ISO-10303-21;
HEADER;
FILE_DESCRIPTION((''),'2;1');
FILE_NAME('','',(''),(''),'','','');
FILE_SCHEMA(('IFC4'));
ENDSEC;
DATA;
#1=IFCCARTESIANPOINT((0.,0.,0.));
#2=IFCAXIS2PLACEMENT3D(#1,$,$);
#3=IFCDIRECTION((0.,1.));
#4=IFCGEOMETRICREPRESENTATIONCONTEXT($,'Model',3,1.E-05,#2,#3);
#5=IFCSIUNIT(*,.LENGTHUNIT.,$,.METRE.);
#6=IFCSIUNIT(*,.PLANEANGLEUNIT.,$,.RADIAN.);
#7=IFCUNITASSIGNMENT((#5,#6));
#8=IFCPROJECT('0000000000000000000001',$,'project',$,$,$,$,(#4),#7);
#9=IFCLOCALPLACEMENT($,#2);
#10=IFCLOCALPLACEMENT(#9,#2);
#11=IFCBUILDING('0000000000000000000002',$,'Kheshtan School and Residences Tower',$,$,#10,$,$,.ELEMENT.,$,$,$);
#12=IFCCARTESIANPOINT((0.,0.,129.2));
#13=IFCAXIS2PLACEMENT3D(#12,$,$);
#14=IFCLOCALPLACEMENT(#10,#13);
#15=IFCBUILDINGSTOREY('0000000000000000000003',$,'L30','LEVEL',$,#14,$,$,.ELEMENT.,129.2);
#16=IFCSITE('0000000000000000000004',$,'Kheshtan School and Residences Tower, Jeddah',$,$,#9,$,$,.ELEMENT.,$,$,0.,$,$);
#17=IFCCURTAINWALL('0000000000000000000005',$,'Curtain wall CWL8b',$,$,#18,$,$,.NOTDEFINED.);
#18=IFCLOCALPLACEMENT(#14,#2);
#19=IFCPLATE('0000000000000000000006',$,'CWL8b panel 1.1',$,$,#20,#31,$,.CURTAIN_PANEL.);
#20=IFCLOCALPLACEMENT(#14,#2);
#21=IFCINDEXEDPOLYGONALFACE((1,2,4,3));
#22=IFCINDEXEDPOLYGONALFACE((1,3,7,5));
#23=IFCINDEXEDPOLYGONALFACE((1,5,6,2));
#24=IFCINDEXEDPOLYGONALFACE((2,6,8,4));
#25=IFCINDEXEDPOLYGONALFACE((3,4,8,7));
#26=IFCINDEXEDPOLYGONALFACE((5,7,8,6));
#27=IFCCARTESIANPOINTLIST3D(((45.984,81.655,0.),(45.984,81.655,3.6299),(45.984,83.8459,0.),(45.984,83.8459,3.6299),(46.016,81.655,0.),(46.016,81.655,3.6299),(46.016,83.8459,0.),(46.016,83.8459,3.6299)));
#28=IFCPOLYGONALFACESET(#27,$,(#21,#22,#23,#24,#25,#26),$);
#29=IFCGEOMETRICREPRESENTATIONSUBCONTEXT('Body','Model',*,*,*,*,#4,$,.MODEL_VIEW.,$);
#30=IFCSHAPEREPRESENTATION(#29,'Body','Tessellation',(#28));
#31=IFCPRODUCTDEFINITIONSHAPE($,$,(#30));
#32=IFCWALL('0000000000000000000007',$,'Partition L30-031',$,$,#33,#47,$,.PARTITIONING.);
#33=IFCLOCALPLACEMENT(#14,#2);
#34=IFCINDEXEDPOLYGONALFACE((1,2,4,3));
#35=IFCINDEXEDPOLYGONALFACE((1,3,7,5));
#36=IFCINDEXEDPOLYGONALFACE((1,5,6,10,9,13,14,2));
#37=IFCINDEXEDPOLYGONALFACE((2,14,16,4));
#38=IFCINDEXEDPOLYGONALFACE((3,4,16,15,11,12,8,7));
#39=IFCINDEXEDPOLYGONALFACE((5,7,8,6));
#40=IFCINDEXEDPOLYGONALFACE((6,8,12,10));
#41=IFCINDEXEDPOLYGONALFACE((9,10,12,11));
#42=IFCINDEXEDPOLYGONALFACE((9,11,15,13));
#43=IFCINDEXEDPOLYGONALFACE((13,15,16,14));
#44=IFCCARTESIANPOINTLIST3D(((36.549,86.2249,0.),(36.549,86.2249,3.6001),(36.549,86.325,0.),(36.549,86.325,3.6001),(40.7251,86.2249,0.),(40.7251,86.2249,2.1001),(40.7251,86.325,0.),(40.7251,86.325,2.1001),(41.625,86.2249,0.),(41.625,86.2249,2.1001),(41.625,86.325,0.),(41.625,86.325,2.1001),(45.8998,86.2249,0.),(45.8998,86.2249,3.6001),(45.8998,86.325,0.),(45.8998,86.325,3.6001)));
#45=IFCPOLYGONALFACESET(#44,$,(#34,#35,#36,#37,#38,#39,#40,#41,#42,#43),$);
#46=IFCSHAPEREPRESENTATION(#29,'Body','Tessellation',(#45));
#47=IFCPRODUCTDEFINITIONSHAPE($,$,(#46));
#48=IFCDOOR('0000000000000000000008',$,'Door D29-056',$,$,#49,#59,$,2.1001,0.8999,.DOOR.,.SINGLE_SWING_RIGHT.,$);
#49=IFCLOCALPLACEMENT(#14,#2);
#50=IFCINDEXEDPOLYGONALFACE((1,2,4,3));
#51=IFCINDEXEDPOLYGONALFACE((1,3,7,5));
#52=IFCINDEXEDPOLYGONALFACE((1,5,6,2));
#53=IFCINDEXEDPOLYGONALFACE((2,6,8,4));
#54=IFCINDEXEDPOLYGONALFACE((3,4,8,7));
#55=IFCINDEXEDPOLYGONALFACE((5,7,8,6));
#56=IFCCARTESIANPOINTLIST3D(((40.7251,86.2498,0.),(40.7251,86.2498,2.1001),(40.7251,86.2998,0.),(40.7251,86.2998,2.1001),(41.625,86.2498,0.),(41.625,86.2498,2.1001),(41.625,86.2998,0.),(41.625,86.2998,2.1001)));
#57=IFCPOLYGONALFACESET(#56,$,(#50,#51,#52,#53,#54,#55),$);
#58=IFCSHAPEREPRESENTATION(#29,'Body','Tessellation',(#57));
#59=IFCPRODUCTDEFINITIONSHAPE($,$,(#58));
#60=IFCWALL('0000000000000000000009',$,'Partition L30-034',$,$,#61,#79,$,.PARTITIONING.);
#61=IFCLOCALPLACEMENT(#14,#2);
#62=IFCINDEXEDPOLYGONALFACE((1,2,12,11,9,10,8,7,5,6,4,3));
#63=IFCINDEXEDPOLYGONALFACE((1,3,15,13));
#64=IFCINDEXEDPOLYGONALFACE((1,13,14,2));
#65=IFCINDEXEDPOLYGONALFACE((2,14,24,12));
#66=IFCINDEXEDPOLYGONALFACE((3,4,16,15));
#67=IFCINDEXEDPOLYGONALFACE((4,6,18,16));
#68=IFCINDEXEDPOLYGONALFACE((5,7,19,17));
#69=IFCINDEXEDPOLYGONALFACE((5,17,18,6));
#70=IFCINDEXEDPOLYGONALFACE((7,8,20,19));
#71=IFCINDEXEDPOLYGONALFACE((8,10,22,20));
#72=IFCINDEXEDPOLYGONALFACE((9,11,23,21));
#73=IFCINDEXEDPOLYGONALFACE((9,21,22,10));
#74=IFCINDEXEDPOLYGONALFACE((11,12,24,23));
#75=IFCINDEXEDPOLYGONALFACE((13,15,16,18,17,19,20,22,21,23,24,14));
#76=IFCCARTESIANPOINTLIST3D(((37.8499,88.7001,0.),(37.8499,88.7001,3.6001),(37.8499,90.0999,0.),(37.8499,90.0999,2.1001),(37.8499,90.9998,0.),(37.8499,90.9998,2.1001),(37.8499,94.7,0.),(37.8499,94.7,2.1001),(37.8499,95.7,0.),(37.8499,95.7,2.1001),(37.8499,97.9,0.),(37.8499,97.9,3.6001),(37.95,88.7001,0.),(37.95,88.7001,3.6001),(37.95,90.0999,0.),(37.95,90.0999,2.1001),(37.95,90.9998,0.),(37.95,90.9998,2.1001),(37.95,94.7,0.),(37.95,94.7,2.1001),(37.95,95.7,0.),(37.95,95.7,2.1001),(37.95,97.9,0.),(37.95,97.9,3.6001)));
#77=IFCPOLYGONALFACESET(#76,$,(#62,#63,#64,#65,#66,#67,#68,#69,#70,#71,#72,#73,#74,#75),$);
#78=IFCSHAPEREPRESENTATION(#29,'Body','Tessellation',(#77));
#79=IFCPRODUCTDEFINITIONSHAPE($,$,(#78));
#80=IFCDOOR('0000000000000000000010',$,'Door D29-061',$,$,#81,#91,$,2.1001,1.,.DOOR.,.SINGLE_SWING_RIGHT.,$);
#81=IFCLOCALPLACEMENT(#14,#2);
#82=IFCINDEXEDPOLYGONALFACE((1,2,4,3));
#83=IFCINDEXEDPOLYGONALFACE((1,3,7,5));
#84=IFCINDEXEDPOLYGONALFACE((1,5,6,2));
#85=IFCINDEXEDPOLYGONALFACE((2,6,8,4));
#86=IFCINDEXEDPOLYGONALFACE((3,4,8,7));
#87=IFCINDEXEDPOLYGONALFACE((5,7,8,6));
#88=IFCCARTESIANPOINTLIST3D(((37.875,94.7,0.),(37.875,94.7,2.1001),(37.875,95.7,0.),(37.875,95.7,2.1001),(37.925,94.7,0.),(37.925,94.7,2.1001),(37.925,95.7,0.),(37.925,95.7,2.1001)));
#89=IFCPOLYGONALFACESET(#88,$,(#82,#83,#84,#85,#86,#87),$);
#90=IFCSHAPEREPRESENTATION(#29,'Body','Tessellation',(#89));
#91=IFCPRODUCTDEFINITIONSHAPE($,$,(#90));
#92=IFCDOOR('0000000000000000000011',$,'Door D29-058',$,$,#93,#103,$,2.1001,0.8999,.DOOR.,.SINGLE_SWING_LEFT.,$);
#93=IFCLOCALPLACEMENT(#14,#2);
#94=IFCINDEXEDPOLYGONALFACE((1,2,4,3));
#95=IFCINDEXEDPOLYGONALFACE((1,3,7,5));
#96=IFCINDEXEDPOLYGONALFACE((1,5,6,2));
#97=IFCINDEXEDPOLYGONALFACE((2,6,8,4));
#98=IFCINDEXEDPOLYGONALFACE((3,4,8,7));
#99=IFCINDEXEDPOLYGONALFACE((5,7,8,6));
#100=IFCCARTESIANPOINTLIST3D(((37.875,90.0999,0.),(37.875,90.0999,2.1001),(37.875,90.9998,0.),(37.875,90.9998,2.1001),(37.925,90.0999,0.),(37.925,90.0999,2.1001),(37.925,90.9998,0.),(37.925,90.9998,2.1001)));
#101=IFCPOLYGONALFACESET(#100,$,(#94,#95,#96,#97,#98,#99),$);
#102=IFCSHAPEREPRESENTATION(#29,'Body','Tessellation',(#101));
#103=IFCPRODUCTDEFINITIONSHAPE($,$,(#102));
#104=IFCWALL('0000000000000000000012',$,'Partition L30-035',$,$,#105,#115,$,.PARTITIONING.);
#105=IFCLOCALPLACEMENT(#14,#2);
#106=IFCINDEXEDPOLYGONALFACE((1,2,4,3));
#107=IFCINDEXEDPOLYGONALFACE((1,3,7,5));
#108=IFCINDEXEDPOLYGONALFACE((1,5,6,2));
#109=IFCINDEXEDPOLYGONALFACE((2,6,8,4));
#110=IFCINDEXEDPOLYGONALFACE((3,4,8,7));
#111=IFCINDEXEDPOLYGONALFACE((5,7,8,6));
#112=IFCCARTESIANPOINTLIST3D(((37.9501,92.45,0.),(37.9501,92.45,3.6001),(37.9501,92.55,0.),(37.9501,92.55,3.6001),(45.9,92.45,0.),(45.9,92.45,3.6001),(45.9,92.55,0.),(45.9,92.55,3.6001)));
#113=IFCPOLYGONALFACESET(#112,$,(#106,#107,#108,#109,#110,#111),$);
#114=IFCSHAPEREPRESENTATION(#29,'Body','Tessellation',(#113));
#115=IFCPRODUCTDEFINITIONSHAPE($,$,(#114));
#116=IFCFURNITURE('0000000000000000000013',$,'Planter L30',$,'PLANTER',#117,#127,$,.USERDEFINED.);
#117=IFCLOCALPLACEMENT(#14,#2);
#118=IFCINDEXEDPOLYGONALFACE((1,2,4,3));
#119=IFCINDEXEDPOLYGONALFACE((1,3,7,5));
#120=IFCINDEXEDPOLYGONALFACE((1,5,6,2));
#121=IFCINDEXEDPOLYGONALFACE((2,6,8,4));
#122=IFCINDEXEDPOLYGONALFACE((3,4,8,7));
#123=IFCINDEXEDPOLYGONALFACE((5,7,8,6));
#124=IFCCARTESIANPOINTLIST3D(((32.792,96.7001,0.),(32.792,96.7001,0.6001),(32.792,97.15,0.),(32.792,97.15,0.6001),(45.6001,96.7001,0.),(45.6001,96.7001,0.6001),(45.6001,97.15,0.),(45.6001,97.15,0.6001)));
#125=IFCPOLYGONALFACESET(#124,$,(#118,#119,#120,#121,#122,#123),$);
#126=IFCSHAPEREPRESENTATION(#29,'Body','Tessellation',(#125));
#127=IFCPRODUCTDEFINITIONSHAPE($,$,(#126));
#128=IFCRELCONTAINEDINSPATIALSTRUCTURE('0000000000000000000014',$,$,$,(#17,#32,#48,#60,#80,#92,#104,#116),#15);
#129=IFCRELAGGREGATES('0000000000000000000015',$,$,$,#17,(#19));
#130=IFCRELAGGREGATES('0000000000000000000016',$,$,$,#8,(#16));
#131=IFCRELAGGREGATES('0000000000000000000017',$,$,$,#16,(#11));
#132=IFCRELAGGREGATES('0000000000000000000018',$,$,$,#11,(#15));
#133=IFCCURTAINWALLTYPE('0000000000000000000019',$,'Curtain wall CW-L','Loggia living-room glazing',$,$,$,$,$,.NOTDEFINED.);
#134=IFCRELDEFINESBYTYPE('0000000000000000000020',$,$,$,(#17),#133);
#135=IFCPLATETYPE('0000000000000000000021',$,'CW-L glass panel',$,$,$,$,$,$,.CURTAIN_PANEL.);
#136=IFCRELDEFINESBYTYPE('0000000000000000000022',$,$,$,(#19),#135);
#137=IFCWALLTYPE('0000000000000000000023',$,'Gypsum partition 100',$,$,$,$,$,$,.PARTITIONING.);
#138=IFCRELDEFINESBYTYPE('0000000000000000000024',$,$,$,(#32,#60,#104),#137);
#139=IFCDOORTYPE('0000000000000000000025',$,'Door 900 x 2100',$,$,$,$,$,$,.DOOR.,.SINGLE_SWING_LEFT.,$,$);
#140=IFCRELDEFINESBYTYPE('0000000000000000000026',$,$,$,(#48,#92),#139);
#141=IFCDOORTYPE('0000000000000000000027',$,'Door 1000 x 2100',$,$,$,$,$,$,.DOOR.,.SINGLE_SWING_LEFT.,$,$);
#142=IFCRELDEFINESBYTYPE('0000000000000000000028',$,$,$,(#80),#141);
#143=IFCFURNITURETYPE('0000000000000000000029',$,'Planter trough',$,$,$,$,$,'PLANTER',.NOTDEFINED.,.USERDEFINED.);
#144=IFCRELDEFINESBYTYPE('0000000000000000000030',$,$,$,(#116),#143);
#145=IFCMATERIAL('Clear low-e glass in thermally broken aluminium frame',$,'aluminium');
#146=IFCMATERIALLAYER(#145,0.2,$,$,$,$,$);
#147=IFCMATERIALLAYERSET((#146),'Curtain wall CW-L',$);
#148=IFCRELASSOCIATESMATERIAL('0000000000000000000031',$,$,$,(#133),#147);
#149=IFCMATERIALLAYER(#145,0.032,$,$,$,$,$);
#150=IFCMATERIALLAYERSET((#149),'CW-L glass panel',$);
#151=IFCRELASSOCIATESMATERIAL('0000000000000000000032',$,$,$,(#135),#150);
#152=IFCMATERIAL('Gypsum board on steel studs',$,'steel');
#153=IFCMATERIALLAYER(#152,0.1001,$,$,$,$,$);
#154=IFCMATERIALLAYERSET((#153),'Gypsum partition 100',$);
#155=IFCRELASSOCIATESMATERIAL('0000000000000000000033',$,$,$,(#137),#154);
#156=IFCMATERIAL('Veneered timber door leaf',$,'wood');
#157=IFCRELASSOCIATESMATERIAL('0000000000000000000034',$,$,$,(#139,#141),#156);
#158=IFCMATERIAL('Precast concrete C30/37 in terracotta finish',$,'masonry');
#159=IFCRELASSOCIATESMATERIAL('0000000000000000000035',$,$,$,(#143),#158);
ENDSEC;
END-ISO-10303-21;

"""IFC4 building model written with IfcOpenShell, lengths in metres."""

from ifc_helpers import new_model, si_unit, direction, frame, frame_2d, origin, origin_2d, place, context, subcontext, project, spatial, rectangle, extrude, source, transform, mapped, material, layer, layer_set, type_object, element, fill, aggregate, save


model = new_model("IFC4")

# Units and contexts
model_context = context("Model", 3, precision=1e-05, world=origin(), true_north=direction((0.0, 1.0)))
body_context = subcontext(model_context, "Body", "Model", "MODEL_VIEW")
ifc_project = project(units=[si_unit("LENGTHUNIT", "METRE"), si_unit("PLANEANGLEUNIT", "RADIAN")], contexts=[model_context])

# Site, building, storey
site_placement = place(None, origin())
site = spatial("IfcSite", under=ifc_project, at=site_placement, Name="Kheshtan School and Residences Tower, Jeddah", CompositionType="ELEMENT", RefElevation=0.0)
building_placement = place(site_placement, origin())
building = spatial("IfcBuilding", under=site, at=building_placement, Name="Kheshtan School and Residences Tower", CompositionType="ELEMENT")
storey_placement = place(building_placement, frame((0.0, 0.0, 129.2)))
storey = spatial("IfcBuildingStorey", under=building, at=storey_placement, Name="L30", Description="LEVEL", CompositionType="ELEMENT", Elevation=129.2)

# Shared definitions
ifc_material_1 = material(Name="Clear low-e glass in thermally broken aluminium frame", Category="aluminium")
ifc_layer_1 = layer(ifc_material_1, 0.2)
ifc_layer_set_1 = layer_set([ifc_layer_1], Name="Curtain wall CW-L")
curtain_wall_type = type_object("IfcCurtainWallType", Name="Curtain wall CW-L", Description="Loggia living-room glazing", PredefinedType="NOTDEFINED", material=ifc_layer_set_1)

# Curtain wall
curtain_wall_1_placement = place(storey_placement, origin())
curtain_wall_1 = element("IfcCurtainWall", 1, at=curtain_wall_1_placement, inside=storey, type_object=curtain_wall_type, Name="Curtain wall CWL8b", PredefinedType="NOTDEFINED")

# Plate
ifc_layer_2 = layer(ifc_material_1, 0.032)
ifc_layer_set_2 = layer_set([ifc_layer_2], Name="CW-L glass panel")
plate_type = type_object("IfcPlateType", Name="CW-L glass panel", PredefinedType="CURTAIN_PANEL", material=ifc_layer_set_2)
plate_1_placement = place(storey_placement, frame((46.0, 82.7505, 0.0), z_axis=(0.0, 0.0, 1.0), x_axis=(0.0, -1.0, 0.0)))
plate_1 = element("IfcPlate", 2, at=plate_1_placement, type_object=plate_type, Name="CWL8b panel 1.1", PredefinedType="CURTAIN_PANEL", context=body_context, shape_type="SweptSolid", body=[
    extrude(rectangle(XDim=2.1909, YDim=0.032, at=origin_2d()), origin(), (0.0, 0.0, 1.0), 3.6299),
])
aggregate(curtain_wall_1, [plate_1])

# Wall, opening, door
ifc_material_2 = material(Name="Gypsum board on steel studs", Category="steel")
ifc_layer_3 = layer(ifc_material_2, 0.1001)
ifc_layer_set_3 = layer_set([ifc_layer_3], Name="Gypsum partition 100")
wall_type_1 = type_object("IfcWallType", Name="Gypsum partition 100", PredefinedType="PARTITIONING", material=ifc_layer_set_3)
wall_1_placement = place(storey_placement, frame((36.5491, 86.2749, 0.0), z_axis=(0.0, 0.0, 1.0), x_axis=(1.0, 0.0, 0.0)))
wall_1 = element("IfcWall", 3, at=wall_1_placement, inside=storey, type_object=wall_type_1, Name="Partition L30-031", PredefinedType="PARTITIONING", context=body_context, shape_type="SweptSolid", body=[
    extrude(rectangle(XDim=9.3508, YDim=0.1001, at=frame_2d((4.6753, 0.0))), origin(), (0.0, 0.0, 1.0), 3.6001),
])
opening_1_placement = place(wall_1_placement, frame((4.176, 0.0, 0.0)))
opening_1 = element("IfcOpeningElement", 4, at=opening_1_placement, cuts=wall_1, PredefinedType="OPENING", context=body_context, shape_type="SweptSolid", body=[
    extrude(rectangle(XDim=0.8999, YDim=2.1001, at=frame_2d((0.45, 1.05))), frame((0.0, 0.0601, 0.0), z_axis=(0.0, -1.0, 0.0), x_axis=(1.0, 0.0, 0.0)), (0.0, 0.0, 1.0), 0.1201),
])
ifc_material_3 = material(Name="Veneered timber door leaf", Category="wood")
door_type_1 = type_object("IfcDoorType", Name="Door 900 x 2100", OperationType="SINGLE_SWING_LEFT", PredefinedType="DOOR", material=ifc_material_3)
shared_shape_1 = source(origin(), body_context, "Body", "SweptSolid", [
    extrude(rectangle(XDim=0.8999, YDim=2.1001, at=frame_2d((0.45, 1.05))), frame((0.0, 0.0249, 0.0), z_axis=(0.0, -1.0, 0.0), x_axis=(1.0, 0.0, 0.0)), (0.0, 0.0, 1.0), 0.05),
])
door_1_placement = place(opening_1_placement, origin())
door_1 = element("IfcDoor", 5, at=door_1_placement, inside=storey, type_object=door_type_1, Name="Door D29-056", OperationType="SINGLE_SWING_RIGHT", OverallHeight=2.1001, OverallWidth=0.8999, PredefinedType="DOOR", context=body_context, shape_type="MappedRepresentation", body=[
    mapped(shared_shape_1, transform((0.0, 0.0, 0.0), x_axis=(1.0, 0.0, 0.0), y_axis=(0.0, 1.0, 0.0), z_axis=(0.0, 0.0, 1.0), scale=1.0)),
])
fill(opening_1, door_1)

# Wall, openings, doors
wall_2_placement = place(storey_placement, frame((37.8999, 88.7, 0.0), z_axis=(0.0, 0.0, 1.0), x_axis=(0.0, 1.0, 0.0)))
wall_2 = element("IfcWall", 6, at=wall_2_placement, inside=storey, type_object=wall_type_1, Name="Partition L30-034", PredefinedType="PARTITIONING", context=body_context, shape_type="SweptSolid", body=[
    extrude(rectangle(XDim=9.2, YDim=0.1001, at=frame_2d((4.6001, 0.0))), origin(), (0.0, 0.0, 1.0), 3.6001),
])
opening_2_placement = place(wall_2_placement, frame((1.3999, 0.0, 0.0)))
opening_2 = element("IfcOpeningElement", 7, at=opening_2_placement, cuts=wall_2, PredefinedType="OPENING", context=body_context, shape_type="SweptSolid", body=[
    extrude(rectangle(XDim=0.8999, YDim=2.1001, at=frame_2d((0.45, 1.05))), frame((0.0, 0.0601, 0.0), z_axis=(0.0, -1.0, 0.0), x_axis=(1.0, 0.0, 0.0)), (0.0, 0.0, 1.0), 0.1201),
])
opening_3_placement = place(wall_2_placement, frame((6.0, 0.0, 0.0)))
opening_3 = element("IfcOpeningElement", 8, at=opening_3_placement, cuts=wall_2, PredefinedType="OPENING", context=body_context, shape_type="SweptSolid", body=[
    extrude(rectangle(XDim=1.0, YDim=2.1001, at=frame_2d((0.5, 1.05))), frame((0.0, 0.0601, 0.0), z_axis=(0.0, -1.0, 0.0), x_axis=(1.0, 0.0, 0.0)), (0.0, 0.0, 1.0), 0.1201),
])
door_type_2 = type_object("IfcDoorType", Name="Door 1000 x 2100", OperationType="SINGLE_SWING_LEFT", PredefinedType="DOOR", material=ifc_material_3)
shared_shape_2 = source(origin(), body_context, "Body", "SweptSolid", [
    extrude(rectangle(XDim=1.0, YDim=2.1001, at=frame_2d((0.5, 1.05))), frame((0.0, 0.0249, 0.0), z_axis=(0.0, -1.0, 0.0), x_axis=(1.0, 0.0, 0.0)), (0.0, 0.0, 1.0), 0.05),
])
door_2_placement = place(opening_3_placement, origin())
door_2 = element("IfcDoor", 9, at=door_2_placement, inside=storey, type_object=door_type_2, Name="Door D29-061", OperationType="SINGLE_SWING_RIGHT", OverallHeight=2.1001, OverallWidth=1.0, PredefinedType="DOOR", context=body_context, shape_type="MappedRepresentation", body=[
    mapped(shared_shape_2, transform((0.0, 0.0, 0.0), x_axis=(1.0, 0.0, 0.0), y_axis=(0.0, 1.0, 0.0), z_axis=(0.0, 0.0, 1.0), scale=1.0)),
])
fill(opening_3, door_2)
door_3_placement = place(opening_2_placement, origin())
door_3 = element("IfcDoor", 10, at=door_3_placement, inside=storey, type_object=door_type_1, Name="Door D29-058", OperationType="SINGLE_SWING_LEFT", OverallHeight=2.1001, OverallWidth=0.8999, PredefinedType="DOOR", context=body_context, shape_type="MappedRepresentation", body=[
    mapped(shared_shape_1, transform((0.0, 0.0, 0.0), x_axis=(1.0, 0.0, 0.0), y_axis=(0.0, 1.0, 0.0), z_axis=(0.0, 0.0, 1.0), scale=1.0)),
])
fill(opening_2, door_3)

# Wall
wall_3_placement = place(storey_placement, frame((37.95, 92.5, 0.0), z_axis=(0.0, 0.0, 1.0), x_axis=(1.0, 0.0, 0.0)))
element("IfcWall", 11, at=wall_3_placement, inside=storey, type_object=wall_type_1, Name="Partition L30-035", PredefinedType="PARTITIONING", context=body_context, shape_type="SweptSolid", body=[
    extrude(rectangle(XDim=7.95, YDim=0.1001, at=frame_2d((3.9751, 0.0))), origin(), (0.0, 0.0, 1.0), 3.6001),
])

# Furniture
ifc_material_4 = material(Name="Precast concrete C30/37 in terracotta finish", Category="masonry")
furniture_type = type_object("IfcFurnitureType", Name="Planter trough", ElementType="PLANTER", AssemblyPlace="NOTDEFINED", PredefinedType="USERDEFINED", material=ifc_material_4)
furniture_placement = place(storey_placement, frame((39.196, 96.925, 0.0), z_axis=(0.0, 0.0, 1.0), x_axis=(1.0, 0.0, 0.0)))
element("IfcFurniture", 12, at=furniture_placement, inside=storey, type_object=furniture_type, Name="Planter L30", ObjectType="PLANTER", PredefinedType="USERDEFINED", context=body_context, shape_type="SweptSolid", body=[
    extrude(rectangle(XDim=12.8081, YDim=0.45, at=origin_2d()), origin(), (0.0, 0.0, 1.0), 0.6001),
])

save(model, "model.ifc")
